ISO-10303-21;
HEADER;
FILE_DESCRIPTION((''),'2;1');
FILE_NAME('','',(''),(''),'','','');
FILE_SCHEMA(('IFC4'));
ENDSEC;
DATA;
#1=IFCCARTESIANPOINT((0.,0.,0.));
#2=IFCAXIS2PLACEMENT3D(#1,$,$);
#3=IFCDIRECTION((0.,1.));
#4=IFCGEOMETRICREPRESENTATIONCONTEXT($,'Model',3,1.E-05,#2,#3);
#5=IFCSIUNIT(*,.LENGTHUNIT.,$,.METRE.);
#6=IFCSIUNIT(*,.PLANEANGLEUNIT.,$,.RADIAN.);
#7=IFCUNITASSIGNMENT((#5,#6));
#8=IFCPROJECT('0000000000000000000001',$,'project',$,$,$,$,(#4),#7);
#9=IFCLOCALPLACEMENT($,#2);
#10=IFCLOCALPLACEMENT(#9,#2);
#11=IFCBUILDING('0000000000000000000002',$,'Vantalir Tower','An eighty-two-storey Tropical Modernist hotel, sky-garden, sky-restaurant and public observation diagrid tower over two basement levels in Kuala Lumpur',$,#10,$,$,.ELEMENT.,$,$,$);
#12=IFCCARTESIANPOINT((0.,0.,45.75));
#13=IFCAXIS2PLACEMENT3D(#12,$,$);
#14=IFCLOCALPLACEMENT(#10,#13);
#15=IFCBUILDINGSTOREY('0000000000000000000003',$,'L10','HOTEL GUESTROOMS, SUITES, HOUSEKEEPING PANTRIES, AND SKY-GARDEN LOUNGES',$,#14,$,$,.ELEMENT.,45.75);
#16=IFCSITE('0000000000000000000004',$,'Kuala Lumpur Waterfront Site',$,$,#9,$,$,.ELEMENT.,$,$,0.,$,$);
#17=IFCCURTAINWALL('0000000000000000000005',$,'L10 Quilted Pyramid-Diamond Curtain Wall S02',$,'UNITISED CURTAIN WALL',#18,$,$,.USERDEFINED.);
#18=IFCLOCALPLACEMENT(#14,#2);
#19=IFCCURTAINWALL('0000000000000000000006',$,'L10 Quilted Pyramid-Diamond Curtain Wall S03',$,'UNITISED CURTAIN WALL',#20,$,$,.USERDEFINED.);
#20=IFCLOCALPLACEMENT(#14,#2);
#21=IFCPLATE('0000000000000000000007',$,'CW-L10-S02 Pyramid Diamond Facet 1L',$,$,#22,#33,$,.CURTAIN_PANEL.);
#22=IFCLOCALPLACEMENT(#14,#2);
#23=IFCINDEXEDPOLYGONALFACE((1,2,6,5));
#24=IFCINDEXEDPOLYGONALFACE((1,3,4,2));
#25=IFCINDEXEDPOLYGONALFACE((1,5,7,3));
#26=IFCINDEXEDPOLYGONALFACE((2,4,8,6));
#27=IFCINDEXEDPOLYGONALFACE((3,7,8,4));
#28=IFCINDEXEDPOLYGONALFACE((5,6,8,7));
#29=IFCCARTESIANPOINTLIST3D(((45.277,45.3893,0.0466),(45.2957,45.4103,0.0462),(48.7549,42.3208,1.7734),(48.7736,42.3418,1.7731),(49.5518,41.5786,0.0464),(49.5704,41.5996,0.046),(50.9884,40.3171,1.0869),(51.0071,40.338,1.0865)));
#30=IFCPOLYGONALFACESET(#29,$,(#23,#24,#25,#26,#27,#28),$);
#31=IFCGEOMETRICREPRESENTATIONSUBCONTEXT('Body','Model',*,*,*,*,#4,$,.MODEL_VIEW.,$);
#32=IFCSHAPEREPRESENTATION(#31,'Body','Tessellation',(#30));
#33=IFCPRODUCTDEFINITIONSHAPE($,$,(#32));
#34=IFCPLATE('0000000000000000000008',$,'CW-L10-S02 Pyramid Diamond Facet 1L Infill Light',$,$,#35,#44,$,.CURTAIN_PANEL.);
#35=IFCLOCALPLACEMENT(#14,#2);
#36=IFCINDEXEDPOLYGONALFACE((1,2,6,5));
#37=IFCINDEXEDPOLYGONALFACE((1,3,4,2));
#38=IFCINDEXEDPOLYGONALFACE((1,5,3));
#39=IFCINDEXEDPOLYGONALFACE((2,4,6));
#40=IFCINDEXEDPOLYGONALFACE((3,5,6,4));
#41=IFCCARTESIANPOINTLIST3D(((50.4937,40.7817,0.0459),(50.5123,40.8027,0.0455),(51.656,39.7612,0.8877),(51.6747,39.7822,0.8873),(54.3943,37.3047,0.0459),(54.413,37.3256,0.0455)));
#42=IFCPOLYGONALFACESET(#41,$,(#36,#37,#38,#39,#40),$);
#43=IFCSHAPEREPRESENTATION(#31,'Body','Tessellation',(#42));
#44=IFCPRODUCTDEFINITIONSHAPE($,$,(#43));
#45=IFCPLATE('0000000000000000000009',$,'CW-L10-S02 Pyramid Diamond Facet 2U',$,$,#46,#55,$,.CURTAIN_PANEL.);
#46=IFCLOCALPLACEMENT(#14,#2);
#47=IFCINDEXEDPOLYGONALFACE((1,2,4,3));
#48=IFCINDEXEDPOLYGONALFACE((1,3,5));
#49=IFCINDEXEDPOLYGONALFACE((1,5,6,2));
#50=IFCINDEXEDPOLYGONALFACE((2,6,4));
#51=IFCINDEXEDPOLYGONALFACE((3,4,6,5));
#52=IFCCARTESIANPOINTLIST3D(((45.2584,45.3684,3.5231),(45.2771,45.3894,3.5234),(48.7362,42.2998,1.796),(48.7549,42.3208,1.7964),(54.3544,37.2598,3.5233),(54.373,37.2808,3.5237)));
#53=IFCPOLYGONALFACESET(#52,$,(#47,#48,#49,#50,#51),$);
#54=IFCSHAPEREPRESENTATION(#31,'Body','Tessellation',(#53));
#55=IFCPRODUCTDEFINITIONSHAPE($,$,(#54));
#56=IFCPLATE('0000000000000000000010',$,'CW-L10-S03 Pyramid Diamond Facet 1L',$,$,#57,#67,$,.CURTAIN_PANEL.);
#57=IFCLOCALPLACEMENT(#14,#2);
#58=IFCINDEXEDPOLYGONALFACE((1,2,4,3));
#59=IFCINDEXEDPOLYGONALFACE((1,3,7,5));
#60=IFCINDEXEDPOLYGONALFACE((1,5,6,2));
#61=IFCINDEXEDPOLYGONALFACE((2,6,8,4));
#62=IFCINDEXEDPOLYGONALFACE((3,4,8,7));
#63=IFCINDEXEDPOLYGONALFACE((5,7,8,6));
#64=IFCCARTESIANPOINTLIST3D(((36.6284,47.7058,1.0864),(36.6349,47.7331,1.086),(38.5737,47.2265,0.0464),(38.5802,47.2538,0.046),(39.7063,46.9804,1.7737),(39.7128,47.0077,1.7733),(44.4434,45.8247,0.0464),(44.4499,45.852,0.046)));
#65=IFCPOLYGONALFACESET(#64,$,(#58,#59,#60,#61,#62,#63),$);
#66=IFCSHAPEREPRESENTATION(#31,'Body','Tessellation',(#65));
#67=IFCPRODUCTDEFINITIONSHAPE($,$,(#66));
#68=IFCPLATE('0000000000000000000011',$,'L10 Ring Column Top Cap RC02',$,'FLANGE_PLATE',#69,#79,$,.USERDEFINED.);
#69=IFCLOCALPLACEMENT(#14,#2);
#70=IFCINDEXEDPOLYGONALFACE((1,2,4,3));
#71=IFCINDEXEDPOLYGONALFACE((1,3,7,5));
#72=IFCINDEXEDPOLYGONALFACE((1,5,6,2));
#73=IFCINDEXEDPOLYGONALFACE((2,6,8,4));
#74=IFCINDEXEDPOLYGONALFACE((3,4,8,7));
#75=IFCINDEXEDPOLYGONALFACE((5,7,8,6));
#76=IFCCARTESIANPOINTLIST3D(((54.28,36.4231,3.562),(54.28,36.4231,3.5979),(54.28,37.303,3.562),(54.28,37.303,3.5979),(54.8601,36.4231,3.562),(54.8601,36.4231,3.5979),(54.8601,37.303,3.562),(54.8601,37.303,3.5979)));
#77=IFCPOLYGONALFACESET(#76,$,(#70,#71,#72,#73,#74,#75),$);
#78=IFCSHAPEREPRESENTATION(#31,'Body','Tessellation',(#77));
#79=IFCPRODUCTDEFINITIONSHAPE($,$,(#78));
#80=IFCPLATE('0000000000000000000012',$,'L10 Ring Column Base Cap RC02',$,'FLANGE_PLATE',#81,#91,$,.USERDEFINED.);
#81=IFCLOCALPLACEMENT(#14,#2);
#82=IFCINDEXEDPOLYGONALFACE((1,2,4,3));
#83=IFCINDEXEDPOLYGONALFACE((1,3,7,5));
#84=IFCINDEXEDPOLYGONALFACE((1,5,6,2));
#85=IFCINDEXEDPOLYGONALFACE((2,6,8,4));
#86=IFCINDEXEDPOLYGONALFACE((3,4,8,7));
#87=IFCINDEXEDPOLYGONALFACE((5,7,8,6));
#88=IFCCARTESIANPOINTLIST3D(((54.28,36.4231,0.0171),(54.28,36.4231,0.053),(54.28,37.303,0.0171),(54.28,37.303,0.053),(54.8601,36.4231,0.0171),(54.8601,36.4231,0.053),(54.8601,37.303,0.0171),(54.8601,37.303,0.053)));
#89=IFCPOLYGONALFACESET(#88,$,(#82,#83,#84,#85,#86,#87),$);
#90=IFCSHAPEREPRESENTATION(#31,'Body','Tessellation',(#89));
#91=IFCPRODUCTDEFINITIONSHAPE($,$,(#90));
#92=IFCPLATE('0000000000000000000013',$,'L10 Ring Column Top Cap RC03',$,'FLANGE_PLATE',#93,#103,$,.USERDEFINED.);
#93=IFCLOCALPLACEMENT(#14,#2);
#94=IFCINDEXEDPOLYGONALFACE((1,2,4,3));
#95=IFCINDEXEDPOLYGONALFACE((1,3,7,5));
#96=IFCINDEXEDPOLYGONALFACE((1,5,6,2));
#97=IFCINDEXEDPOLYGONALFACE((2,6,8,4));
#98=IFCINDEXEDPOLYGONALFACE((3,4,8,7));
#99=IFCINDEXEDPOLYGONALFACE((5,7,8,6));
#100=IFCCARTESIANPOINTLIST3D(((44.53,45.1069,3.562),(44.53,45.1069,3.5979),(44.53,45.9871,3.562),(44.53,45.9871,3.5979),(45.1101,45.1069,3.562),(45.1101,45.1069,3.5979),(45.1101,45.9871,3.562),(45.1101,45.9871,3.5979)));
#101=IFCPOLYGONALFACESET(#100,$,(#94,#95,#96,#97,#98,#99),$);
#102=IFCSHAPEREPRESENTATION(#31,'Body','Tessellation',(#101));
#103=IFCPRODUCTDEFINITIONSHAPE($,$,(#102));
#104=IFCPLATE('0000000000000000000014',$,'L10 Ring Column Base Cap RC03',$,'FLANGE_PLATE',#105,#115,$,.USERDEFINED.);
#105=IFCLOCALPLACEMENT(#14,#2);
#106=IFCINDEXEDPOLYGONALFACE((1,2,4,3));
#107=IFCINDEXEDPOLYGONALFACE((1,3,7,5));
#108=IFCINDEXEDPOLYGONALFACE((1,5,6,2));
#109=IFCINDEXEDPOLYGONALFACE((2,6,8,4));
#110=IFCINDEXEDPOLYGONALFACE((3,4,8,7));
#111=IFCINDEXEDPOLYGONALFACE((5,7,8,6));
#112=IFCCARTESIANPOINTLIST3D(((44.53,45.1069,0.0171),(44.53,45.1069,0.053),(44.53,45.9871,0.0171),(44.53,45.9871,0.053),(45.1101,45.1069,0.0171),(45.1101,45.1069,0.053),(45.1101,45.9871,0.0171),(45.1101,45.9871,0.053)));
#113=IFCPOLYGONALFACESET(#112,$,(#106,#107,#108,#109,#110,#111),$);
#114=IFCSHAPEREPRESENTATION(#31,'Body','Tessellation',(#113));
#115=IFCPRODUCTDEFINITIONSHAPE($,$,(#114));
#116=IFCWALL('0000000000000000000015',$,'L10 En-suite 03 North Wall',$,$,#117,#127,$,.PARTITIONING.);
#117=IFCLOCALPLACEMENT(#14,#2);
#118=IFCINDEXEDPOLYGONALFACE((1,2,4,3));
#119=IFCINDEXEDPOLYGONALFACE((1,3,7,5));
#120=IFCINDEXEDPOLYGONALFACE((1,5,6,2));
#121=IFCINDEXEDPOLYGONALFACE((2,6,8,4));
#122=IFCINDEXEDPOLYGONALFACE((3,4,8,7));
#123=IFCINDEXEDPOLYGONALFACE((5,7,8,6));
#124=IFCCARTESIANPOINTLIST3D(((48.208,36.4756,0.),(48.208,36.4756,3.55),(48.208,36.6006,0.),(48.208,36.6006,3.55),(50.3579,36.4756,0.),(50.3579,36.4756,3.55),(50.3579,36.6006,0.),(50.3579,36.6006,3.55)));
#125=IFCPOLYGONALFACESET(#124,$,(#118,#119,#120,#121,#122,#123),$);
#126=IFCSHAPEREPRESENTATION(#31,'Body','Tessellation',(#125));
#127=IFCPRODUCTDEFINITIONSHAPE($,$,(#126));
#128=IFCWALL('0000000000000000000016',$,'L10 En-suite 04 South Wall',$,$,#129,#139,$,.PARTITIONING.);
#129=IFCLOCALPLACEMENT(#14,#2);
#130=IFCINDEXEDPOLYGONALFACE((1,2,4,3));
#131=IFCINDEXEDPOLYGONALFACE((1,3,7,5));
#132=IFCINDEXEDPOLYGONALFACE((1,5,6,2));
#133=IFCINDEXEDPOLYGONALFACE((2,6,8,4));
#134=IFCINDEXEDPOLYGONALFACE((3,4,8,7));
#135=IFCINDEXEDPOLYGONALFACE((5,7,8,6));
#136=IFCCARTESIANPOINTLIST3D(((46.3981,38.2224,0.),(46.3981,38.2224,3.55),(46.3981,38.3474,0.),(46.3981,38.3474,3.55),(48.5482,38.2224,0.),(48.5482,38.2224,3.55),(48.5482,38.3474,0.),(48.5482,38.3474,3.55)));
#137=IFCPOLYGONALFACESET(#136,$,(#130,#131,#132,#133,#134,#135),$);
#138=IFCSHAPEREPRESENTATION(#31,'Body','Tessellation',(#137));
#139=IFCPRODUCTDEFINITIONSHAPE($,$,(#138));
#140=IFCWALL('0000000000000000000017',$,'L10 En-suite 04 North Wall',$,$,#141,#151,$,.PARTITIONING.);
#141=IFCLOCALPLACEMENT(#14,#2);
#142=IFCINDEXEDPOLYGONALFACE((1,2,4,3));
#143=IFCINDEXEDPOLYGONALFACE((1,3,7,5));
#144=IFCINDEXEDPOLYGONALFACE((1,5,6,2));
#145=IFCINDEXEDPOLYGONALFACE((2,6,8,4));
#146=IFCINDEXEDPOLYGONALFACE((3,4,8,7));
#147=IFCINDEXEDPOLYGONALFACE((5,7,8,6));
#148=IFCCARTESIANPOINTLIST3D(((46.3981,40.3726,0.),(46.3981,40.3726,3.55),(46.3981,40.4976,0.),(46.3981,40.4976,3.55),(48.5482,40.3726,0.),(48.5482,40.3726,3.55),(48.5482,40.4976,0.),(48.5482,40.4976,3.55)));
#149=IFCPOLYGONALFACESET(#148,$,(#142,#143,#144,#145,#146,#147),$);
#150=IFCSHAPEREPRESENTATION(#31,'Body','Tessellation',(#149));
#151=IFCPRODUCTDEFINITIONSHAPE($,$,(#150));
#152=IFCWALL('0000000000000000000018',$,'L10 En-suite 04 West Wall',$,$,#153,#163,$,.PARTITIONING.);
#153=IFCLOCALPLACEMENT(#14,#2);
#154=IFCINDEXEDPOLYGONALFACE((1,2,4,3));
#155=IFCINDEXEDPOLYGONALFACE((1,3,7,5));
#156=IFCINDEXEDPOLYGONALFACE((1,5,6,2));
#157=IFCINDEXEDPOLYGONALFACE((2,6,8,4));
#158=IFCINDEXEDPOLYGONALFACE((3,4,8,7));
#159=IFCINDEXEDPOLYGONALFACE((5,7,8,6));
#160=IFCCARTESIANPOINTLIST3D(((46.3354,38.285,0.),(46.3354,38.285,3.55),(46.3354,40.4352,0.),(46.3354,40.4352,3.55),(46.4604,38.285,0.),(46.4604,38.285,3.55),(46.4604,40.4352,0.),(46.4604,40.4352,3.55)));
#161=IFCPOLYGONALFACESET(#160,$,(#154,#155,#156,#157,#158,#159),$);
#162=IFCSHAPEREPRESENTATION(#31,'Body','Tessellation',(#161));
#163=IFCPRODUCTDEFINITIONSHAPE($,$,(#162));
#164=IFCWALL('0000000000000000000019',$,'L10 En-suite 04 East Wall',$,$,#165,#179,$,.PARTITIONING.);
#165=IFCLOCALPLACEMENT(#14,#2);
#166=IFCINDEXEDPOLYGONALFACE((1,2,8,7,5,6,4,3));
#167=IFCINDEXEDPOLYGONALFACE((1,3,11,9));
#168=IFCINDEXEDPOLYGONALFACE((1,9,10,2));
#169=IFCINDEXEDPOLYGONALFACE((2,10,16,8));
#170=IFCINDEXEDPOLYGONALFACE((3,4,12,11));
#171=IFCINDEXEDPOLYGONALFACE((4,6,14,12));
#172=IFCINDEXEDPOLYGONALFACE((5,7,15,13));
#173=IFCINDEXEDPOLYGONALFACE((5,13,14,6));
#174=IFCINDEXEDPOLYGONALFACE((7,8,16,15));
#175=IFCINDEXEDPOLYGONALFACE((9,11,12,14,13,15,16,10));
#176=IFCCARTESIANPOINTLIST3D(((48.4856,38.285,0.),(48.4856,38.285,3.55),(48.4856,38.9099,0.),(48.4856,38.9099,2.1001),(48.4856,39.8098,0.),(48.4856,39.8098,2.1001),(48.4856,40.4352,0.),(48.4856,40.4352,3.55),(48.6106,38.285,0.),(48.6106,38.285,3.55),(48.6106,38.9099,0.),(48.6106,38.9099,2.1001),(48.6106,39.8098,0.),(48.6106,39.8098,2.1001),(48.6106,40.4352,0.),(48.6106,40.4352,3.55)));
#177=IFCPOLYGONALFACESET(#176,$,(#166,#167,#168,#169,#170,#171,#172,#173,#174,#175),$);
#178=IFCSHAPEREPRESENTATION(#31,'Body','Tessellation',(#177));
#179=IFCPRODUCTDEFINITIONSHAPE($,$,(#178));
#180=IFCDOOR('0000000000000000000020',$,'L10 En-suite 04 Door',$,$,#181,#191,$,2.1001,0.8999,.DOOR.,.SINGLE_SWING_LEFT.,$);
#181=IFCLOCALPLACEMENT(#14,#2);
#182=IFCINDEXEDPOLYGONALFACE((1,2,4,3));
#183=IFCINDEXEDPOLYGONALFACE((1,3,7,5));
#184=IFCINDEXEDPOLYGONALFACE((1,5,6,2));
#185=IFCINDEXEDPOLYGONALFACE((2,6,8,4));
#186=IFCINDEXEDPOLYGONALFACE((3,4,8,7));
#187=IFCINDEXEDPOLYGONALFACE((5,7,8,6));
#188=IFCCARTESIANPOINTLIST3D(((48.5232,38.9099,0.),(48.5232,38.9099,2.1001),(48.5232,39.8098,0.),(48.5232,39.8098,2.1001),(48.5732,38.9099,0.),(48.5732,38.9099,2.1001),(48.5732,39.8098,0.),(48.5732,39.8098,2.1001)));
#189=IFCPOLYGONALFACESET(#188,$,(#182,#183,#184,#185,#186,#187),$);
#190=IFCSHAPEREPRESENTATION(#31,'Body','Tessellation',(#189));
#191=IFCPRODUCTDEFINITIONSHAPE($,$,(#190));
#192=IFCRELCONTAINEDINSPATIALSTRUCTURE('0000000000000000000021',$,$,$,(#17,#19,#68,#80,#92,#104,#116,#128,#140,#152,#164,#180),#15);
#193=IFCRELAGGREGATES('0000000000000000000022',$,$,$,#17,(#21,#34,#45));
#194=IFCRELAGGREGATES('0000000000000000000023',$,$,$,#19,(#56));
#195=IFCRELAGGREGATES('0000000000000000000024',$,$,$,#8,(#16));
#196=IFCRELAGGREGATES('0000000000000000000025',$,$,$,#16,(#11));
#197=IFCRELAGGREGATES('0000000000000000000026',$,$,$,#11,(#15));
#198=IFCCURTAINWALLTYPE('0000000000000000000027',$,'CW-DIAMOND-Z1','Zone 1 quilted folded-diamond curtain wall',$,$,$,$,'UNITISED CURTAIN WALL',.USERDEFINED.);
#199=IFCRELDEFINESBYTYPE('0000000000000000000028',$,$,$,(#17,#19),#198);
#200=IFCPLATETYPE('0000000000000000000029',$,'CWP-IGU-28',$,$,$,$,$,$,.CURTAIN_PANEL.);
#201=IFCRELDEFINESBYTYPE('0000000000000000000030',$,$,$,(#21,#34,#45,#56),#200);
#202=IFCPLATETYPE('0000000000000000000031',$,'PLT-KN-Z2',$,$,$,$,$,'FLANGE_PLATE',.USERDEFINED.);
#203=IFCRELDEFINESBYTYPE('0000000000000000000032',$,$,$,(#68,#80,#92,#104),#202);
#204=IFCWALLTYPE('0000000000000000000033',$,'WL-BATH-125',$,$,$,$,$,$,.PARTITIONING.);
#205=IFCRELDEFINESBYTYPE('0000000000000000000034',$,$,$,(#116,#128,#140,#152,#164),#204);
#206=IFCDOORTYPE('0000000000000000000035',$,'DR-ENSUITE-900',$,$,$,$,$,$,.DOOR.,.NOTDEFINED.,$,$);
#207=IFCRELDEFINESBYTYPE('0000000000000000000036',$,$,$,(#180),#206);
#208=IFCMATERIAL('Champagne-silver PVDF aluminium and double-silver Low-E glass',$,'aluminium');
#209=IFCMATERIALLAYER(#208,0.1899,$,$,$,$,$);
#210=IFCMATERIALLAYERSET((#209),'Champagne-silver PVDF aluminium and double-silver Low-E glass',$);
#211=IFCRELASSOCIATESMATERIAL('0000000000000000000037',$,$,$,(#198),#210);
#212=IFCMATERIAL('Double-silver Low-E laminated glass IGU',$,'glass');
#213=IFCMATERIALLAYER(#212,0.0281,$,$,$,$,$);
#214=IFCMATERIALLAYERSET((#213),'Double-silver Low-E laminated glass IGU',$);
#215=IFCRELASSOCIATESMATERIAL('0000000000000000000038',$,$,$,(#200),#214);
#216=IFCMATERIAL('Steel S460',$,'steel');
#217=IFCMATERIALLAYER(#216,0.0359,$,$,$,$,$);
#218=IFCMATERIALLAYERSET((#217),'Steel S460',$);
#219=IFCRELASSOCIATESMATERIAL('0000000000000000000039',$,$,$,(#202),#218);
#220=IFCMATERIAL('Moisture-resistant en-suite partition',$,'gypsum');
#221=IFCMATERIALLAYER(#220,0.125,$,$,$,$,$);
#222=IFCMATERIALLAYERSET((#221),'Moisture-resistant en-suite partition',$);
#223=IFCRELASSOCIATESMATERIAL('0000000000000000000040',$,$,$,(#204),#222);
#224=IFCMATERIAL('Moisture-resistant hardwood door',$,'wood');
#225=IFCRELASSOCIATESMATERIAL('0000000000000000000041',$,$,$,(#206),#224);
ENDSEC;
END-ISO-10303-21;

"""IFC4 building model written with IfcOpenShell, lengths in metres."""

from ifc_helpers import new_model, si_unit, direction, frame, frame_2d, origin, place, context, subcontext, project, spatial, polyline, rectangle, outline, extrude, material, layer, layer_set, type_object, element, fill, aggregate, save


model = new_model("IFC4")

# Units and contexts
model_context = context("Model", 3, precision=1e-05, world=origin(), true_north=direction((0.0, 1.0)))
body_context = subcontext(model_context, "Body", "Model", "MODEL_VIEW")
ifc_project = project(units=[si_unit("LENGTHUNIT", "METRE"), si_unit("PLANEANGLEUNIT", "RADIAN")], contexts=[model_context])

# Site, building, storey
site_placement = place(None, origin())
site = spatial("IfcSite", under=ifc_project, at=site_placement, Name="Kuala Lumpur Waterfront Site", CompositionType="ELEMENT", RefElevation=0.0)
building_placement = place(site_placement, origin())
building = spatial("IfcBuilding", under=site, at=building_placement, Name="Vantalir Tower", Description="An eighty-two-storey Tropical Modernist hotel, sky-garden, sky-restaurant and public observation diagrid tower over two basement levels in Kuala Lumpur", CompositionType="ELEMENT")
storey_placement = place(building_placement, frame((0.0, 0.0, 45.75)))
storey = spatial("IfcBuildingStorey", under=building, at=storey_placement, Name="L10", Description="HOTEL GUESTROOMS, SUITES, HOUSEKEEPING PANTRIES, AND SKY-GARDEN LOUNGES", CompositionType="ELEMENT", Elevation=45.75)

# Shared definitions
ifc_material_1 = material(Name="Steel S460", Category="steel")

# Shared definitions
ifc_material_2 = material(Name="Champagne-silver PVDF aluminium and double-silver Low-E glass", Category="aluminium")
ifc_layer_1 = layer(ifc_material_2, 0.1899)
ifc_layer_set_1 = layer_set([ifc_layer_1], Name="Champagne-silver PVDF aluminium and double-silver Low-E glass")
curtain_wall_type = type_object("IfcCurtainWallType", Name="CW-DIAMOND-Z1", Description="Zone 1 quilted folded-diamond curtain wall", ElementType="UNITISED CURTAIN WALL", PredefinedType="USERDEFINED", material=ifc_layer_set_1)

# Curtain wall
curtain_wall_1_placement = place(storey_placement, origin())
curtain_wall_1 = element("IfcCurtainWall", 1, at=curtain_wall_1_placement, inside=storey, type_object=curtain_wall_type, Name="L10 Quilted Pyramid-Diamond Curtain Wall S02", ObjectType="UNITISED CURTAIN WALL", PredefinedType="USERDEFINED")

# Curtain wall
curtain_wall_2_placement = place(storey_placement, origin())
curtain_wall_2 = element("IfcCurtainWall", 2, at=curtain_wall_2_placement, inside=storey, type_object=curtain_wall_type, Name="L10 Quilted Pyramid-Diamond Curtain Wall S03", ObjectType="UNITISED CURTAIN WALL", PredefinedType="USERDEFINED")

# Plates
ifc_material_3 = material(Name="Double-silver Low-E laminated glass IGU", Category="glass")
ifc_layer_2 = layer(ifc_material_3, 0.0281)
ifc_layer_set_2 = layer_set([ifc_layer_2], Name="Double-silver Low-E laminated glass IGU")
plate_type_1 = type_object("IfcPlateType", Name="CWP-IGU-28", PredefinedType="CURTAIN_PANEL", material=ifc_layer_set_2)
plate_1_placement = place(storey_placement, frame((49.5518, 41.5786, 0.0464), z_axis=(-0.665367, -0.74639, 0.01375), x_axis=(-0.74646, 0.66543, 0.000043)))
plate_1 = element("IfcPlate", 3, at=plate_1_placement, type_object=plate_type_1, Name="CW-L10-S02 Pyramid Diamond Facet 1L", PredefinedType="CURTAIN_PANEL", context=body_context, shape_type="SweptSolid", body=[
    extrude(outline(polyline([(0.0, 0.0), (5.7267, 0.0), (1.0888, -1.7272), (-1.9119, -1.0407), (0.0, 0.0)])), origin(), (0.0, 0.0, -1.0), 0.0281),
])
plate_2_placement = place(storey_placement, frame((54.3943, 37.3047, 0.0459), z_axis=(-0.665349, -0.746404, 0.013851), x_axis=(-0.746475, 0.665413, 0.0)))
plate_2 = element("IfcPlate", 4, at=plate_2_placement, type_object=plate_type_1, Name="CW-L10-S02 Pyramid Diamond Facet 1L Infill Light", PredefinedType="CURTAIN_PANEL", context=body_context, shape_type="SweptSolid", body=[
    extrude(outline(polyline([(0.0, 0.0), (5.2254, 0.0), (3.6787, -0.8419), (0.0, 0.0)])), origin(), (0.0, 0.0, -1.0), 0.0281),
])
plate_3_placement = place(storey_placement, frame((45.2771, 45.3894, 3.5234), z_axis=(0.665371, 0.746387, 0.013695), x_axis=(0.746457, -0.665434, 0.00002)))
plate_3 = element("IfcPlate", 5, at=plate_3_placement, type_object=plate_type_1, Name="CW-L10-S02 Pyramid Diamond Facet 2U", PredefinedType="CURTAIN_PANEL", context=body_context, shape_type="SweptSolid", body=[
    extrude(outline(polyline([(0.0, 0.0), (12.1855, 0.0), (4.6379, 1.7273), (0.0, 0.0)])), origin(), (0.0, 0.0, -1.0), 0.0281),
])
aggregate(curtain_wall_1, [plate_1, plate_2, plate_3])
plate_4_placement = place(storey_placement, frame((44.4434, 45.8247, 0.0464), z_axis=(-0.232272, -0.972554, 0.013735), x_axis=(-0.972646, 0.232294, 0.0)))
plate_4 = element("IfcPlate", 6, at=plate_4_placement, type_object=plate_type_1, Name="CW-L10-S03 Pyramid Diamond Facet 1L", PredefinedType="CURTAIN_PANEL", context=body_context, shape_type="SweptSolid", body=[
    extrude(outline(polyline([(0.0, 0.0), (6.0347, 0.0), (8.0381, -1.0401), (4.876, -1.7275), (0.0, 0.0)])), origin(), (0.0, 0.0, -1.0), 0.0281),
])
aggregate(curtain_wall_2, [plate_4])

# Plates
ifc_layer_3 = layer(ifc_material_1, 0.0359)
ifc_layer_set_3 = layer_set([ifc_layer_3], Name="Steel S460")
plate_type_2 = type_object("IfcPlateType", Name="PLT-KN-Z2", ElementType="FLANGE_PLATE", PredefinedType="USERDEFINED", material=ifc_layer_set_3)
for number, where, z_axis, x_axis, name in (
    (7, (54.28, 37.303, 3.5979), (0.0, 0.0, 1.0), (0.0, -1.0, 0.0), "L10 Ring Column Top Cap RC02"),
    (8, (54.28, 37.303, 0.053), (0.0, 0.0, 1.0), (0.0, -1.0, 0.0), "L10 Ring Column Base Cap RC02"),
):
    element("IfcPlate", number, at=place(storey_placement, frame(where, z_axis=z_axis, x_axis=x_axis)), inside=storey, type_object=plate_type_2, Name=name, ObjectType="FLANGE_PLATE", PredefinedType="USERDEFINED", context=body_context, shape_type="SweptSolid", body=[
        extrude(outline(polyline([(0.0, 0.0), (0.8799, 0.0), (0.8799, 0.5801), (0.0, 0.5801), (0.0, 0.0)])), origin(), (0.0, 0.0, -1.0), 0.0359),
    ])
for number, where, z_axis, x_axis, name in (
    (9, (44.53, 45.9871, 3.5979), (0.0, 0.0, 1.0), (0.0, -1.0, 0.0), "L10 Ring Column Top Cap RC03"),
    (10, (44.53, 45.9871, 0.053), (0.0, 0.0, 1.0), (0.0, -1.0, 0.0), "L10 Ring Column Base Cap RC03"),
):
    element("IfcPlate", number, at=place(storey_placement, frame(where, z_axis=z_axis, x_axis=x_axis)), inside=storey, type_object=plate_type_2, Name=name, ObjectType="FLANGE_PLATE", PredefinedType="USERDEFINED", context=body_context, shape_type="SweptSolid", body=[
        extrude(outline(polyline([(0.0, 0.0), (0.8801, 0.0), (0.8801, 0.5801), (0.0, 0.5801), (0.0, 0.0)])), origin(), (0.0, 0.0, -1.0), 0.0359),
    ])

# Walls
ifc_material_4 = material(Name="Moisture-resistant en-suite partition", Category="gypsum")
ifc_layer_4 = layer(ifc_material_4, 0.125)
ifc_layer_set_4 = layer_set([ifc_layer_4], Name="Moisture-resistant en-suite partition")
wall_type = type_object("IfcWallType", Name="WL-BATH-125", PredefinedType="PARTITIONING", material=ifc_layer_set_4)
wall_1_placement = place(storey_placement, frame((48.208, 36.5381, 0.0), z_axis=(0.0, 0.0, 1.0), x_axis=(1.0, 0.0, 0.0)))
element("IfcWall", 11, at=wall_1_placement, inside=storey, type_object=wall_type, Name="L10 En-suite 03 North Wall", PredefinedType="PARTITIONING", context=body_context, shape_type="SweptSolid", body=[
    extrude(rectangle(XDim=2.1499, YDim=0.125, at=frame_2d((1.075, 0.0))), origin(), (0.0, 0.0, 1.0), 3.55),
])
for number, where, z_axis, x_axis, name in (
    (12, (46.3979, 38.2849, 0.0), (0.0, 0.0, 1.0), (1.0, 0.0, 0.0), "L10 En-suite 04 South Wall"),
    (13, (46.3979, 40.4351, 0.0), (0.0, 0.0, 1.0), (1.0, 0.0, 0.0), "L10 En-suite 04 North Wall"),
    (14, (46.3979, 38.2849, 0.0), (0.0, 0.0, 1.0), (0.0, 1.0, 0.0), "L10 En-suite 04 West Wall"),
):
    element("IfcWall", number, at=place(storey_placement, frame(where, z_axis=z_axis, x_axis=x_axis)), inside=storey, type_object=wall_type, Name=name, PredefinedType="PARTITIONING", context=body_context, shape_type="SweptSolid", body=[
        extrude(rectangle(XDim=2.1501, YDim=0.125, at=frame_2d((1.0752, 0.0))), origin(), (0.0, 0.0, 1.0), 3.55),
    ])

# Wall, opening, door
wall_2_placement = place(storey_placement, frame((48.5481, 38.2849, 0.0), z_axis=(0.0, 0.0, 1.0), x_axis=(0.0, 1.0, 0.0)))
wall_2 = element("IfcWall", 15, at=wall_2_placement, inside=storey, type_object=wall_type, Name="L10 En-suite 04 East Wall", PredefinedType="PARTITIONING", context=body_context, shape_type="SweptSolid", body=[
    extrude(rectangle(XDim=2.1501, YDim=0.125, at=frame_2d((1.0752, 0.0))), origin(), (0.0, 0.0, 1.0), 3.55),
])
opening_placement = place(wall_2_placement, frame((0.625, 0.0, 0.0)))
opening = element("IfcOpeningElement", 16, at=opening_placement, cuts=wall_2, PredefinedType="OPENING", context=body_context, shape_type="SweptSolid", body=[
    extrude(rectangle(XDim=0.8999, YDim=2.1001, at=frame_2d((0.45, 1.05))), frame((0.0, 0.0725, 0.0), z_axis=(0.0, -1.0, 0.0), x_axis=(1.0, 0.0, 0.0)), (0.0, 0.0, 1.0), 0.145),
])
ifc_material_5 = material(Name="Moisture-resistant hardwood door", Category="wood")
door_type = type_object("IfcDoorType", Name="DR-ENSUITE-900", OperationType="NOTDEFINED", PredefinedType="DOOR", material=ifc_material_5)
door_placement = place(opening_placement, origin())
door = element("IfcDoor", 17, at=door_placement, inside=storey, type_object=door_type, Name="L10 En-suite 04 Door", OperationType="SINGLE_SWING_LEFT", OverallHeight=2.1001, OverallWidth=0.8999, PredefinedType="DOOR", context=body_context, shape_type="SweptSolid", body=[
    extrude(rectangle(XDim=0.8999, YDim=2.1001, at=frame_2d((0.45, 1.05))), frame((0.0, 0.0249, 0.0), z_axis=(0.0, -1.0, 0.0), x_axis=(1.0, 0.0, 0.0)), (0.0, 0.0, 1.0), 0.05),
])
fill(opening, door)

save(model, "model.ifc")
